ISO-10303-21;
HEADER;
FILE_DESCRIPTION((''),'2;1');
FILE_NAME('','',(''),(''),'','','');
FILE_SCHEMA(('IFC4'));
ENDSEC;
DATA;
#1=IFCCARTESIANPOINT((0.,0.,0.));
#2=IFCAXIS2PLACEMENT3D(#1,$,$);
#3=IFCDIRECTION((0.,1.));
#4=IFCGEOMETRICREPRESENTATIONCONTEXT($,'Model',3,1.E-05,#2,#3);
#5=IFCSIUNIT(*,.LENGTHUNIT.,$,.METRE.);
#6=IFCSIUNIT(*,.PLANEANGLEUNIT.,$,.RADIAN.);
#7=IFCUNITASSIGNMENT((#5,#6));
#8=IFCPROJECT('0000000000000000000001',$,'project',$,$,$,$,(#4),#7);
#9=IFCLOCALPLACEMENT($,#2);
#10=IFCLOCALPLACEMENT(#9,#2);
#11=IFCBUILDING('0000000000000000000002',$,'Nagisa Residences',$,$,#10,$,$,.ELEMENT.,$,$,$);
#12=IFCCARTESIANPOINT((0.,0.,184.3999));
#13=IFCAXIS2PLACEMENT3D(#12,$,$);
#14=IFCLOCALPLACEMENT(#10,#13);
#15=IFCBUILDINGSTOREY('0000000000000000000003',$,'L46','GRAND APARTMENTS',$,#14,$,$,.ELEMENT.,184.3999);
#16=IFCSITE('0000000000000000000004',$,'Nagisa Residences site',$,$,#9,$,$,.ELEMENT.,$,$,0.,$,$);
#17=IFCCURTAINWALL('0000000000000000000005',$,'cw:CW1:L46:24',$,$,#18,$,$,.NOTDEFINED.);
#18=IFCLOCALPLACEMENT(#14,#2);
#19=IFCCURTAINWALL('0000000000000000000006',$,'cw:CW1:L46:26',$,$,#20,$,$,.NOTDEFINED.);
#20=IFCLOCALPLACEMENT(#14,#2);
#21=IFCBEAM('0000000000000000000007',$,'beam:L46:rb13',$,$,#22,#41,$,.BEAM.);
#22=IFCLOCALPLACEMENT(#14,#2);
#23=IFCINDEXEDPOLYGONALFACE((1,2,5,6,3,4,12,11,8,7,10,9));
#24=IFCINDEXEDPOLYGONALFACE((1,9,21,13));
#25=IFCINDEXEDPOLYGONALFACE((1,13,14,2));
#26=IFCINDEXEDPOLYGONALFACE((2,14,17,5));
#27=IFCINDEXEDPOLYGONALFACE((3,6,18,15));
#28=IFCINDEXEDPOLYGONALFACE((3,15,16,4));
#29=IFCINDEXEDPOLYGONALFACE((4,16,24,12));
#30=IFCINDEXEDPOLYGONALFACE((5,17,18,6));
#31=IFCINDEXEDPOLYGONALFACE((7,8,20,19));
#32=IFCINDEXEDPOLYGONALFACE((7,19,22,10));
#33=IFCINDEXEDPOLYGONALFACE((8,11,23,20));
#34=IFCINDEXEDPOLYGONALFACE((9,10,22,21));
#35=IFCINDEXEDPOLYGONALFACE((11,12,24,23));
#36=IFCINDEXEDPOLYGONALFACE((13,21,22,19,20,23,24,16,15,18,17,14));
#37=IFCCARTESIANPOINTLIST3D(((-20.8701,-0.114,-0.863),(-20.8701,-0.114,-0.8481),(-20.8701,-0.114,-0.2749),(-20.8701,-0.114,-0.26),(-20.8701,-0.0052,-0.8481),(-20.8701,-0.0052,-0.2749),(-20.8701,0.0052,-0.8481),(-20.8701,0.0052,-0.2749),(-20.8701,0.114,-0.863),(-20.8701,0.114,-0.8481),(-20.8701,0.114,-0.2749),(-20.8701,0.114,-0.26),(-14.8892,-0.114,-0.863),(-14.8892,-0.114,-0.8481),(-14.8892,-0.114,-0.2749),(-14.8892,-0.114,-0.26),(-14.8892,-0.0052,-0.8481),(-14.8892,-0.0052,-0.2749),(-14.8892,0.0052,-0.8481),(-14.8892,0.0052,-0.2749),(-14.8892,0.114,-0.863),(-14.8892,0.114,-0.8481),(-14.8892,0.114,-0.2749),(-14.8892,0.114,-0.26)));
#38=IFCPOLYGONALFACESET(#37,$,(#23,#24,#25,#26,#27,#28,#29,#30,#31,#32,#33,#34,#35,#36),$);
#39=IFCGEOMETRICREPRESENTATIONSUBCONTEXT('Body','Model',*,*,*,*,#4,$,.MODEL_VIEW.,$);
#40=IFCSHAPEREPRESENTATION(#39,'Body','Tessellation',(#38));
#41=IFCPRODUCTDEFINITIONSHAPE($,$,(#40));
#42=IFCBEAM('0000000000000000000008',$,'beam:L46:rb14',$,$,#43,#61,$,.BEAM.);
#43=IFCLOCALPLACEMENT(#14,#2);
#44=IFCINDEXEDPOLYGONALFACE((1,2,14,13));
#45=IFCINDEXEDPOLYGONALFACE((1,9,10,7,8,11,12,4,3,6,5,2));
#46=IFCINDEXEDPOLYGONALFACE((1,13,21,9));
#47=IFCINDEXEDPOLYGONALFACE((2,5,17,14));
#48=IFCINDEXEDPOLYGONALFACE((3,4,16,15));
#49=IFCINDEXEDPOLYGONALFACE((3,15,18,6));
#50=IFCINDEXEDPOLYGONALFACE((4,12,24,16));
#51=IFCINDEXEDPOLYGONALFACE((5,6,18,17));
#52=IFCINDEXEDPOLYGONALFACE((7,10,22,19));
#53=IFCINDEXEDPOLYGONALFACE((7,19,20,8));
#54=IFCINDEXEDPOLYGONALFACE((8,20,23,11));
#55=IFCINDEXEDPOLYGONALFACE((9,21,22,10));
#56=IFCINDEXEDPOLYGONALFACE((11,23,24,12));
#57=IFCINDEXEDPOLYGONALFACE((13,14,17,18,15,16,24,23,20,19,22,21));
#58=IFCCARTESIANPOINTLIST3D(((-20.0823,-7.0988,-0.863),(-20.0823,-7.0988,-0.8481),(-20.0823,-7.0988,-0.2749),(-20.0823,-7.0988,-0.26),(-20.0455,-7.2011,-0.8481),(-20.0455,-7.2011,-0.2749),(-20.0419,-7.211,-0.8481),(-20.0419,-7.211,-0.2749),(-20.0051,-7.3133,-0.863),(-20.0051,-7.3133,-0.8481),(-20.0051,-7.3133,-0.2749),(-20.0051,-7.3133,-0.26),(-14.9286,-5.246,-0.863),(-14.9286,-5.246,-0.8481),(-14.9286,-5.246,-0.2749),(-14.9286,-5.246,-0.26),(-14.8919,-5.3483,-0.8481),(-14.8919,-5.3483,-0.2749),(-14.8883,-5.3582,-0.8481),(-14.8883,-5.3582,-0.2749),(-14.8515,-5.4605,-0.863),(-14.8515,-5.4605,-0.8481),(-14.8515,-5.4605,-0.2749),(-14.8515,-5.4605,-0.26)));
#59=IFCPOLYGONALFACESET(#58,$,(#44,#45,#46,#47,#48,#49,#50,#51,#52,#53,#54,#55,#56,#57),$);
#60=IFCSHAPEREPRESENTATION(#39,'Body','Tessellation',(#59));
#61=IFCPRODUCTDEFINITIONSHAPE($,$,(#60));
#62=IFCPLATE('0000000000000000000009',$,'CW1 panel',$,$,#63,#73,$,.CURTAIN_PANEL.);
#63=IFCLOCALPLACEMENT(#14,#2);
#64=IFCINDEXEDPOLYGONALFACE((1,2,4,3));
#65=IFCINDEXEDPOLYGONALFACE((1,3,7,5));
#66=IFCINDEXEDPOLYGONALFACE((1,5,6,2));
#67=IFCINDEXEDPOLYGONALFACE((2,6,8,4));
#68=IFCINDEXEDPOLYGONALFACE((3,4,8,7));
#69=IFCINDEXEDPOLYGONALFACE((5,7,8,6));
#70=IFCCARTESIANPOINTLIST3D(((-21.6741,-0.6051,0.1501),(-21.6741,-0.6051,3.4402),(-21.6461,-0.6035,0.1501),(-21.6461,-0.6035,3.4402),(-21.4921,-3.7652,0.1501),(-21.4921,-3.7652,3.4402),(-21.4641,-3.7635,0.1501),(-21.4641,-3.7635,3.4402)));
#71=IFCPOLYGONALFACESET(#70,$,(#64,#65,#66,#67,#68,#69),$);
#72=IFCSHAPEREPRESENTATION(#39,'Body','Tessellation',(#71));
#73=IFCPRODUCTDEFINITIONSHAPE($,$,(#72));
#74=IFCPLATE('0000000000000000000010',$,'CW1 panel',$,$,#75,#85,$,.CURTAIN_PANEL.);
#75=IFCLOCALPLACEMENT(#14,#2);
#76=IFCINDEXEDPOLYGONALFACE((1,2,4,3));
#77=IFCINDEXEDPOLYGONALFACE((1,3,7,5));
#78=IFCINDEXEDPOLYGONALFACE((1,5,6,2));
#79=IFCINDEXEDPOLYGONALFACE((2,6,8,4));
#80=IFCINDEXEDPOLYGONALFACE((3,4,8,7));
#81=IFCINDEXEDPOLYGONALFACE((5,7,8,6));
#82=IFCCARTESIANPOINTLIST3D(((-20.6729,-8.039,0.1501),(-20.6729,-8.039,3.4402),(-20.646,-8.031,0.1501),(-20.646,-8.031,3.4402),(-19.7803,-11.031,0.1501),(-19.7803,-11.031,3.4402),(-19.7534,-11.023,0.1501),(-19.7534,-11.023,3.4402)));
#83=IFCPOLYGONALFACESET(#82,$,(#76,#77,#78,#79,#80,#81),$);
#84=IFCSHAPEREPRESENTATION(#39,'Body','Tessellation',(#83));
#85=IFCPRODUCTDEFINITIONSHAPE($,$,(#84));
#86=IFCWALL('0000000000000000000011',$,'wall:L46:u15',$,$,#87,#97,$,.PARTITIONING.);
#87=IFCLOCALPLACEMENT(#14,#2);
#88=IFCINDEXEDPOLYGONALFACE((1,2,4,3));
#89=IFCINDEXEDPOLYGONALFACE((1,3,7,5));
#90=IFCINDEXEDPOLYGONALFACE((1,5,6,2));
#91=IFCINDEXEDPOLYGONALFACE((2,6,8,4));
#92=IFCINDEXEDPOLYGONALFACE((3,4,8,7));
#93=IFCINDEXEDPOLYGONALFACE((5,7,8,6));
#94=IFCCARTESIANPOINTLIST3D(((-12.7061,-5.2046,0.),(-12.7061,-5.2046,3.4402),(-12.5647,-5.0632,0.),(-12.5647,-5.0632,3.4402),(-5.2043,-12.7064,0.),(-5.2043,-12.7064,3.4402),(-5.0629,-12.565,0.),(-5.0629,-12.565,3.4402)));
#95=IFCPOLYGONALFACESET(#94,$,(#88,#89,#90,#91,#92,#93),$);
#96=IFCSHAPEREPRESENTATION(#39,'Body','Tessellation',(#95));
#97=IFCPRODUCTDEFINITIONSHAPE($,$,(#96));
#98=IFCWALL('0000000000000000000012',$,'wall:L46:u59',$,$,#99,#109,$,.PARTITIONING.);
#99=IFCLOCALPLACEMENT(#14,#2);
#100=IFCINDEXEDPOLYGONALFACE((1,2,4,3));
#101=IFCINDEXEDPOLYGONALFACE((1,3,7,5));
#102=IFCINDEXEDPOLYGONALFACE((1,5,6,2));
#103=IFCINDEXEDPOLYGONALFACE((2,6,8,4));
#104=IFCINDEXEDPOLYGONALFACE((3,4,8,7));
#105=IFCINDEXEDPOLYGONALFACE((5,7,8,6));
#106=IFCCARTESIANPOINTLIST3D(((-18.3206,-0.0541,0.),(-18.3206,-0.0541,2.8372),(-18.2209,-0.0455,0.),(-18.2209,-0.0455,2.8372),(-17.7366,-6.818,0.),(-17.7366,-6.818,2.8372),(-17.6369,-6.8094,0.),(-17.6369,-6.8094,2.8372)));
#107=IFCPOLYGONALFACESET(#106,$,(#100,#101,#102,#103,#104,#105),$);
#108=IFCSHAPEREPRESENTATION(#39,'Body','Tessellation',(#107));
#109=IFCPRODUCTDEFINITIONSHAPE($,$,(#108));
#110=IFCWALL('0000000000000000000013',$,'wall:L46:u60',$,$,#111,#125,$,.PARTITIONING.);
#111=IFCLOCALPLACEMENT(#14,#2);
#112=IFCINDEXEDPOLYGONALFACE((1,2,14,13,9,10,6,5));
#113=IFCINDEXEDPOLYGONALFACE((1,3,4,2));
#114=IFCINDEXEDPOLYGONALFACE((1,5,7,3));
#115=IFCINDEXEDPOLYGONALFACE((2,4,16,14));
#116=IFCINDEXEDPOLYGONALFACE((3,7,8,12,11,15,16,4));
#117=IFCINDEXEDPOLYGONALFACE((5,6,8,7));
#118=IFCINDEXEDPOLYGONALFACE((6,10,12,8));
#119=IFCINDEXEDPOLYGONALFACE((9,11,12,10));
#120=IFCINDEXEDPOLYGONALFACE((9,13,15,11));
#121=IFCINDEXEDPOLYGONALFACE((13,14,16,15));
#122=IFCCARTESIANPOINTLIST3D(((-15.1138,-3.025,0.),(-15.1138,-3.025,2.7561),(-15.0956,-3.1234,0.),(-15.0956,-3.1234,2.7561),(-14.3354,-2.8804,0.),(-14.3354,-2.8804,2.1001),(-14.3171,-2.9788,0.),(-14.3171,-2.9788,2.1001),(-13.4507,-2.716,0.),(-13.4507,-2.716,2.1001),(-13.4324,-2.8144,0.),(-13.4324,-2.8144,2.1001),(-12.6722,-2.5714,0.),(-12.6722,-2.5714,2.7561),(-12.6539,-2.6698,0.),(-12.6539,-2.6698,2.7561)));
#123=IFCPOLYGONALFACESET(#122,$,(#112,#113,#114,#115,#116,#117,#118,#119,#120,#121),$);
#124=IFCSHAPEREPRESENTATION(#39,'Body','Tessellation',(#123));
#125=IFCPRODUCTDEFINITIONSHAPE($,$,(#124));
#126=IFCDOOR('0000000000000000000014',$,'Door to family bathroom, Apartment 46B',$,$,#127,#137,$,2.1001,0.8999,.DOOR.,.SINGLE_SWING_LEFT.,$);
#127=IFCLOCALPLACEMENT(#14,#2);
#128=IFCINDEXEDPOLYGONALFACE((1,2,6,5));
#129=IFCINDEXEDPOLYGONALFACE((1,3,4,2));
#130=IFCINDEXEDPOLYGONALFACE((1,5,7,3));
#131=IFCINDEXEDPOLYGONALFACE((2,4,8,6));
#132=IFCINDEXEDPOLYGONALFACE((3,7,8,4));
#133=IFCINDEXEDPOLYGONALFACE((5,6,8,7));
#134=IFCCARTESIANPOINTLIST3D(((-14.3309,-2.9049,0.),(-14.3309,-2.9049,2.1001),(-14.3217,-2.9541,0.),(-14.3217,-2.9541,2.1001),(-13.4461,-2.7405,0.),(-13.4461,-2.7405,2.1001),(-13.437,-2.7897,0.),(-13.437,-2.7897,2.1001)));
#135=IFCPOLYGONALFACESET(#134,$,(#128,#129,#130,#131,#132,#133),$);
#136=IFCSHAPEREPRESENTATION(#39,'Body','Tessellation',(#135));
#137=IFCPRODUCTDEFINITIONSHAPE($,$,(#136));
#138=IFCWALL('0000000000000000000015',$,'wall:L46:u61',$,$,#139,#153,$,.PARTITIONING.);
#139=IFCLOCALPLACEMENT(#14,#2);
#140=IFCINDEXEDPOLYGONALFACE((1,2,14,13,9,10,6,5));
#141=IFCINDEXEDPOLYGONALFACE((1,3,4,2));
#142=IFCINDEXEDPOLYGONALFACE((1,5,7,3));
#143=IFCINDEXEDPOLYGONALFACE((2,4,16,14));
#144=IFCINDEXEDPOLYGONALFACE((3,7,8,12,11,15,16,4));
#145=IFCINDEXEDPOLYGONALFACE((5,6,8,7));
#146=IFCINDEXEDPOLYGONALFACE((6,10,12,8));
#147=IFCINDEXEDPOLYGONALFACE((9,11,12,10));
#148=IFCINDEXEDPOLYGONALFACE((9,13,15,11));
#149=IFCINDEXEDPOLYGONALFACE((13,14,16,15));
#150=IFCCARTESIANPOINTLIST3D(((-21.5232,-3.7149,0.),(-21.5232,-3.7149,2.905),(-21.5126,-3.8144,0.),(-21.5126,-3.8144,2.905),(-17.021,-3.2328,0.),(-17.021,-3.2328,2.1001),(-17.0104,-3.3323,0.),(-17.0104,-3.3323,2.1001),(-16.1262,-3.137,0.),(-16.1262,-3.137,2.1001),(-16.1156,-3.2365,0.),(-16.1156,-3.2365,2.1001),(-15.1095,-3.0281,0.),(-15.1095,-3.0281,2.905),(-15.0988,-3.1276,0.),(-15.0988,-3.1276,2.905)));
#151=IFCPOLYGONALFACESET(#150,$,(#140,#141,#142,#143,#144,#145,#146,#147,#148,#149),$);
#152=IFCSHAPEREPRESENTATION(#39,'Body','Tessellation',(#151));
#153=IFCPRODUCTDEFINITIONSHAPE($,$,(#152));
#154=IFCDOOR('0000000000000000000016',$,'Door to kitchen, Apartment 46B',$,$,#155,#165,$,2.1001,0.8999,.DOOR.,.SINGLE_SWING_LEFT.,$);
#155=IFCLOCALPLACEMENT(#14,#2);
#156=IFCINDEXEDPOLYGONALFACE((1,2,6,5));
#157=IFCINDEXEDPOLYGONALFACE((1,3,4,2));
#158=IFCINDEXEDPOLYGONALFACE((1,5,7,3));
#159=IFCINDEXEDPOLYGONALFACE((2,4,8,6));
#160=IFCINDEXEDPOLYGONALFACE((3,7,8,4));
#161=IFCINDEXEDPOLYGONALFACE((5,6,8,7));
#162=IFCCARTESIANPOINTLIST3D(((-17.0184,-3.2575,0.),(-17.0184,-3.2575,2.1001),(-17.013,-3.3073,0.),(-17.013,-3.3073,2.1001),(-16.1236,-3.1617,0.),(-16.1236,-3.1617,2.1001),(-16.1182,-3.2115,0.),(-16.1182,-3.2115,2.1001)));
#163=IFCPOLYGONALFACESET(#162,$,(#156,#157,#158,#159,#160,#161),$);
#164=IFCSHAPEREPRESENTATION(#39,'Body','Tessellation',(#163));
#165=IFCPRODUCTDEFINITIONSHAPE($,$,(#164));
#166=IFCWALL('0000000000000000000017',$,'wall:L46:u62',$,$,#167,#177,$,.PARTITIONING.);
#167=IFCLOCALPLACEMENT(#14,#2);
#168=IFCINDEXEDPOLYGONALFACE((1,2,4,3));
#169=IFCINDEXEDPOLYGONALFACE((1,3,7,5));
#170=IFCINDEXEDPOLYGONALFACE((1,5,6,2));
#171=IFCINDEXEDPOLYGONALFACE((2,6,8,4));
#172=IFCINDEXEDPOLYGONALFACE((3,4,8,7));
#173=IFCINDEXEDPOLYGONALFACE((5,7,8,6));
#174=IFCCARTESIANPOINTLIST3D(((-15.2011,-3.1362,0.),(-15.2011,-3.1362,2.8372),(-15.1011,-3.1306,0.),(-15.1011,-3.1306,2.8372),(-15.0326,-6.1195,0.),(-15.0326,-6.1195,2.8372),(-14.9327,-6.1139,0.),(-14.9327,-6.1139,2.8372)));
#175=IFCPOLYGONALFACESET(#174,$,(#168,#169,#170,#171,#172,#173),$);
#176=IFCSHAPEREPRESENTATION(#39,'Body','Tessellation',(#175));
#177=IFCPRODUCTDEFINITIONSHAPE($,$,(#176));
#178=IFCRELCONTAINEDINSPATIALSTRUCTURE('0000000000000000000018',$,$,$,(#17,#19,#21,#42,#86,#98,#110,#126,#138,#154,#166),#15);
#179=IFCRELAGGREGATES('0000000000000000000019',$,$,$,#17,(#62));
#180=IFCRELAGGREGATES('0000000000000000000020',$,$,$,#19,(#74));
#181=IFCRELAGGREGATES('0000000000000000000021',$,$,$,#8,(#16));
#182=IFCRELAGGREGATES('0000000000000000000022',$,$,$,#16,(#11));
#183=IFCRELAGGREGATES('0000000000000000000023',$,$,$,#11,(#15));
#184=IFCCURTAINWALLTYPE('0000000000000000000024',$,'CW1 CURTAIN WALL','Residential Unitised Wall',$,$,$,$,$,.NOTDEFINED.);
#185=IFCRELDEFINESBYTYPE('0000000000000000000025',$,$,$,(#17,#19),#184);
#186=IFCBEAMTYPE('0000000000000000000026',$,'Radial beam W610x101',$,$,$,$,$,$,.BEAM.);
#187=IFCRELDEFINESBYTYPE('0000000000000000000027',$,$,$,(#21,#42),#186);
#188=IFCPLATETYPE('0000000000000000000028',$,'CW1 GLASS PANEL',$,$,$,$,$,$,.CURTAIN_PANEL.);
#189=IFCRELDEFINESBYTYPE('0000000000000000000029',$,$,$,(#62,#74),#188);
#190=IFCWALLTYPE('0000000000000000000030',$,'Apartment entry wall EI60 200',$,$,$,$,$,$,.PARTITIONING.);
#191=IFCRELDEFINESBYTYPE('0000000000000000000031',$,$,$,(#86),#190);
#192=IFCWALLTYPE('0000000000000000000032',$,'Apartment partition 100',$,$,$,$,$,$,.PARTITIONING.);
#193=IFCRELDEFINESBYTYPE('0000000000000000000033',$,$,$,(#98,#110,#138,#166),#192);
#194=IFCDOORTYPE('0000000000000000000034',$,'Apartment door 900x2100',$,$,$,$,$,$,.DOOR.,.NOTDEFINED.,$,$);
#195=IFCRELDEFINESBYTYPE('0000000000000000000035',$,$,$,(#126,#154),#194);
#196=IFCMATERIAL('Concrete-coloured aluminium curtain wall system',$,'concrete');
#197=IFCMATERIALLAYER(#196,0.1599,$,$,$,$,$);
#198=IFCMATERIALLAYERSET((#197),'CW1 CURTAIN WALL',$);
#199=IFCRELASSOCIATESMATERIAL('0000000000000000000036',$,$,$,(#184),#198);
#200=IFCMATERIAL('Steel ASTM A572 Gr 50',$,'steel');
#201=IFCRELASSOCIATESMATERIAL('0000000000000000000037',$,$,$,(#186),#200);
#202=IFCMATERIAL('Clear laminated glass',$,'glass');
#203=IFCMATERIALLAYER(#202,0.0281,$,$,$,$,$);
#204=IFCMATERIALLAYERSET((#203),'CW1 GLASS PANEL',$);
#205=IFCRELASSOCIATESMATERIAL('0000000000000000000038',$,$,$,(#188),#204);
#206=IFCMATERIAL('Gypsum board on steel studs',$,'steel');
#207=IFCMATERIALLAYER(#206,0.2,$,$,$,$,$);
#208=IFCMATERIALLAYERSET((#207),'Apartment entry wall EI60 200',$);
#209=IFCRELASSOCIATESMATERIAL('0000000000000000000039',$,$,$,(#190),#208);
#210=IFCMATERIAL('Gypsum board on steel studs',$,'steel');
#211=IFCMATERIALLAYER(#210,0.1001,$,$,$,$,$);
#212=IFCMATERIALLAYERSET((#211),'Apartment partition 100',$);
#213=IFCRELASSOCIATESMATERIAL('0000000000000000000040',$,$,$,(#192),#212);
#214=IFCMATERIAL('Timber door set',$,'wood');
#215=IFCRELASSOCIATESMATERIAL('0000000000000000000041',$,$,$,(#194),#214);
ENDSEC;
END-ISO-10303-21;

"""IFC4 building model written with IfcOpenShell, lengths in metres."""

from ifc_helpers import new_model, si_unit, direction, frame, frame_2d, origin, origin_2d, place, context, subcontext, project, spatial, rectangle, i_section, extrude, material, layer, layer_set, material_profile, profile_set, type_object, element, fill, aggregate, save


model = new_model("IFC4")

# Units and contexts
model_context = context("Model", 3, precision=1e-05, world=origin(), true_north=direction((0.0, 1.0)))
body_context = subcontext(model_context, "Body", "Model", "MODEL_VIEW")
ifc_project = project(units=[si_unit("LENGTHUNIT", "METRE"), si_unit("PLANEANGLEUNIT", "RADIAN")], contexts=[model_context])

# Site, building, storey
site_placement = place(None, origin())
site = spatial("IfcSite", under=ifc_project, at=site_placement, Name="Nagisa Residences site", CompositionType="ELEMENT", RefElevation=0.0)
building_placement = place(site_placement, origin())
building = spatial("IfcBuilding", under=site, at=building_placement, Name="Nagisa Residences", CompositionType="ELEMENT")
storey_placement = place(building_placement, frame((0.0, 0.0, 184.3999)))
storey = spatial("IfcBuildingStorey", under=building, at=storey_placement, Name="L46", Description="GRAND APARTMENTS", CompositionType="ELEMENT", Elevation=184.3999)

# Curtain walls
ifc_material_1 = material(Name="Concrete-coloured aluminium curtain wall system", Category="concrete")
ifc_layer_1 = layer(ifc_material_1, 0.1599)
ifc_layer_set_1 = layer_set([ifc_layer_1], Name="CW1 CURTAIN WALL")
curtain_wall_type = type_object("IfcCurtainWallType", Name="CW1 CURTAIN WALL", Description="Residential Unitised Wall", PredefinedType="NOTDEFINED", material=ifc_layer_set_1)
curtain_wall_1_placement = place(storey_placement, origin())
curtain_wall_1 = element("IfcCurtainWall", 1, at=curtain_wall_1_placement, inside=storey, type_object=curtain_wall_type, Name="cw:CW1:L46:24", PredefinedType="NOTDEFINED")
curtain_wall_2_placement = place(storey_placement, origin())
curtain_wall_2 = element("IfcCurtainWall", 2, at=curtain_wall_2_placement, inside=storey, type_object=curtain_wall_type, Name="cw:CW1:L46:26", PredefinedType="NOTDEFINED")

# Beams
ifc_material_2 = material(Name="Steel ASTM A572 Gr 50", Category="steel")
ifc_material_profile_1 = material_profile(ifc_material_2, i_section(OverallWidth=0.228, OverallDepth=0.603, WebThickness=0.0105, FlangeThickness=0.0149, at=origin_2d()), Name="W610x101")
ifc_profile_set_1 = profile_set([ifc_material_profile_1], Name="Steel ASTM A572 Gr 50")
beam_type_1 = type_object("IfcBeamType", Name="Radial beam W610x101", PredefinedType="BEAM", material=ifc_profile_set_1)
beam_1_placement = place(storey_placement, frame((-20.8701, 0.0, -0.5615), z_axis=(1.0, 0.0, 0.0), x_axis=(0.0, 1.0, 0.0)))
element("IfcBeam", 3, at=beam_1_placement, inside=storey, type_object=beam_type_1, Name="beam:L46:rb13", PredefinedType="BEAM", context=body_context, shape_type="SweptSolid", body=[
    extrude(i_section(OverallWidth=0.228, OverallDepth=0.603, WebThickness=0.0105, FlangeThickness=0.0149, at=origin_2d()), origin(), (0.0, 0.0, 1.0), 5.981),
])
beam_2_placement = place(storey_placement, frame((-20.0437, -7.2061, -0.5615), z_axis=(0.941033, 0.338315, 0.0), x_axis=(-0.338315, 0.941033, 0.0)))
element("IfcBeam", 4, at=beam_2_placement, inside=storey, type_object=beam_type_1, Name="beam:L46:rb14", PredefinedType="BEAM", context=body_context, shape_type="SweptSolid", body=[
    extrude(i_section(OverallWidth=0.228, OverallDepth=0.603, WebThickness=0.0105, FlangeThickness=0.0149, at=origin_2d()), origin(), (0.0, 0.0, 1.0), 5.4766),
])

# Plates
ifc_material_3 = material(Name="Clear laminated glass", Category="glass")
ifc_layer_2 = layer(ifc_material_3, 0.0281)
ifc_layer_set_2 = layer_set([ifc_layer_2], Name="CW1 GLASS PANEL")
plate_type = type_object("IfcPlateType", Name="CW1 GLASS PANEL", PredefinedType="CURTAIN_PANEL", material=ifc_layer_set_2)
plate_1_placement = place(storey_placement, frame((-21.5691, -2.1843, 0.1501), z_axis=(0.0, 0.0, 1.0), x_axis=(0.057503, -0.998345, 0.0)))
plate_1 = element("IfcPlate", 5, at=plate_1_placement, type_object=plate_type, Name="CW1 panel", PredefinedType="CURTAIN_PANEL", context=body_context, shape_type="SweptSolid", body=[
    extrude(rectangle(XDim=3.1653, YDim=0.0281, at=origin_2d()), origin(), (0.0, 0.0, 1.0), 3.29),
])
aggregate(curtain_wall_1, [plate_1])
plate_2_placement = place(storey_placement, frame((-20.2131, -9.531, 0.1501), z_axis=(0.0, 0.0, 1.0), x_axis=(0.28586, -0.958271, 0.0)))
plate_2 = element("IfcPlate", 6, at=plate_2_placement, type_object=plate_type, Name="CW1 panel", PredefinedType="CURTAIN_PANEL", context=body_context, shape_type="SweptSolid", body=[
    extrude(rectangle(XDim=3.1223, YDim=0.0281, at=origin_2d()), origin(), (0.0, 0.0, 1.0), 3.29),
])
aggregate(curtain_wall_2, [plate_2])

# Walls
ifc_material_4 = material(Name="Gypsum board on steel studs", Category="steel")
ifc_layer_3 = layer(ifc_material_4, 0.2)
ifc_layer_set_3 = layer_set([ifc_layer_3], Name="Apartment entry wall EI60 200")
wall_type_1 = type_object("IfcWallType", Name="Apartment entry wall EI60 200", PredefinedType="PARTITIONING", material=ifc_layer_set_3)
wall_1_placement = place(storey_placement, frame((-12.6355, -5.1338, 0.0), z_axis=(0.0, 0.0, 1.0), x_axis=(0.707107, -0.707107, 0.0)))
element("IfcWall", 7, at=wall_1_placement, inside=storey, type_object=wall_type_1, Name="wall:L46:u15", PredefinedType="PARTITIONING", context=body_context, shape_type="SweptSolid", body=[
    extrude(rectangle(XDim=10.6091, YDim=0.2, at=frame_2d((5.3047, 0.0))), origin(), (0.0, 0.0, 1.0), 3.4402),
])
ifc_material_5 = material(Name="Gypsum board on steel studs", Category="steel")
ifc_layer_4 = layer(ifc_material_5, 0.1001)
ifc_layer_set_4 = layer_set([ifc_layer_4], Name="Apartment partition 100")
wall_type_2 = type_object("IfcWallType", Name="Apartment partition 100", PredefinedType="PARTITIONING", material=ifc_layer_set_4)
wall_2_placement = place(storey_placement, frame((-18.2708, -0.0498, 0.0), z_axis=(0.0, 0.0, 1.0), x_axis=(0.086018, -0.996294, 0.0)))
element("IfcWall", 8, at=wall_2_placement, inside=storey, type_object=wall_type_2, Name="wall:L46:u59", PredefinedType="PARTITIONING", context=body_context, shape_type="SweptSolid", body=[
    extrude(rectangle(XDim=6.7891, YDim=0.1001, at=frame_2d((3.3945, 0.0))), origin(), (0.0, 0.0, 1.0), 2.8372),
])

# Walls, openings, doors
wall_3_placement = place(storey_placement, frame((-12.6631, -2.6206, 0.0), z_axis=(0.0, 0.0, 1.0), x_axis=(-0.983177, -0.182656, 0.0)))
wall_3 = element("IfcWall", 9, at=wall_3_placement, inside=storey, type_object=wall_type_2, Name="wall:L46:u60", PredefinedType="PARTITIONING", context=body_context, shape_type="SweptSolid", body=[
    extrude(rectangle(XDim=2.4834, YDim=0.1001, at=frame_2d((1.2417, 0.0))), origin(), (0.0, 0.0, 1.0), 2.7561),
])
opening_1_placement = place(wall_3_placement, frame((0.7917, 0.0, 0.0)))
opening_1 = element("IfcOpeningElement", 10, at=opening_1_placement, cuts=wall_3, PredefinedType="OPENING", context=body_context, shape_type="SweptSolid", body=[
    extrude(rectangle(XDim=0.8999, YDim=2.1001, at=frame_2d((0.45, 1.05))), frame((0.0, 0.0601, 0.0), z_axis=(0.0, -1.0, 0.0), x_axis=(1.0, 0.0, 0.0)), (0.0, 0.0, 1.0), 0.1201),
])
ifc_material_6 = material(Name="Timber door set", Category="wood")
door_type_1 = type_object("IfcDoorType", Name="Apartment door 900x2100", OperationType="NOTDEFINED", PredefinedType="DOOR", material=ifc_material_6)
door_1_placement = place(opening_1_placement, origin())
door_1 = element("IfcDoor", 11, at=door_1_placement, inside=storey, type_object=door_type_1, Name="Door to family bathroom, Apartment 46B", OperationType="SINGLE_SWING_LEFT", OverallHeight=2.1001, OverallWidth=0.8999, PredefinedType="DOOR", context=body_context, shape_type="SweptSolid", body=[
    extrude(rectangle(XDim=0.8999, YDim=2.1001, at=frame_2d((0.45, 1.05))), frame((0.0, 0.0249, 0.0), z_axis=(0.0, -1.0, 0.0), x_axis=(1.0, 0.0, 0.0)), (0.0, 0.0, 1.0), 0.05),
])
fill(opening_1, door_1)
wall_4_placement = place(storey_placement, frame((-15.1042, -3.0779, 0.0), z_axis=(0.0, 0.0, 1.0), x_axis=(-0.994316, -0.106468, 0.0)))
wall_4 = element("IfcWall", 12, at=wall_4_placement, inside=storey, type_object=wall_type_2, Name="wall:L46:u61", PredefinedType="PARTITIONING", context=body_context, shape_type="SweptSolid", body=[
    extrude(rectangle(XDim=6.4504, YDim=0.1001, at=frame_2d((3.2251, 0.0))), origin(), (0.0, 0.0, 1.0), 2.905),
])
opening_2_placement = place(wall_4_placement, frame((1.0225, 0.0, 0.0)))
opening_2 = element("IfcOpeningElement", 13, at=opening_2_placement, cuts=wall_4, PredefinedType="OPENING", context=body_context, shape_type="SweptSolid", body=[
    extrude(rectangle(XDim=0.8999, YDim=2.1001, at=frame_2d((0.45, 1.05))), frame((0.0, 0.0601, 0.0), z_axis=(0.0, -1.0, 0.0), x_axis=(1.0, 0.0, 0.0)), (0.0, 0.0, 1.0), 0.1201),
])
door_2_placement = place(opening_2_placement, origin())
door_2 = element("IfcDoor", 14, at=door_2_placement, inside=storey, type_object=door_type_1, Name="Door to kitchen, Apartment 46B", OperationType="SINGLE_SWING_LEFT", OverallHeight=2.1001, OverallWidth=0.8999, PredefinedType="DOOR", context=body_context, shape_type="SweptSolid", body=[
    extrude(rectangle(XDim=0.8999, YDim=2.1001, at=frame_2d((0.45, 1.05))), frame((0.0, 0.0249, 0.0), z_axis=(0.0, -1.0, 0.0), x_axis=(1.0, 0.0, 0.0)), (0.0, 0.0, 1.0), 0.05),
])
fill(opening_2, door_2)

# Wall
wall_5_placement = place(storey_placement, frame((-15.1511, -3.1333, 0.0), z_axis=(0.0, 0.0, 1.0), x_axis=(0.056375, -0.99841, 0.0)))
element("IfcWall", 15, at=wall_5_placement, inside=storey, type_object=wall_type_2, Name="wall:L46:u62", PredefinedType="PARTITIONING", context=body_context, shape_type="SweptSolid", body=[
    extrude(rectangle(XDim=2.988, YDim=0.1001, at=frame_2d((1.4941, 0.0))), origin(), (0.0, 0.0, 1.0), 2.8372),
])

save(model, "model.ifc")
